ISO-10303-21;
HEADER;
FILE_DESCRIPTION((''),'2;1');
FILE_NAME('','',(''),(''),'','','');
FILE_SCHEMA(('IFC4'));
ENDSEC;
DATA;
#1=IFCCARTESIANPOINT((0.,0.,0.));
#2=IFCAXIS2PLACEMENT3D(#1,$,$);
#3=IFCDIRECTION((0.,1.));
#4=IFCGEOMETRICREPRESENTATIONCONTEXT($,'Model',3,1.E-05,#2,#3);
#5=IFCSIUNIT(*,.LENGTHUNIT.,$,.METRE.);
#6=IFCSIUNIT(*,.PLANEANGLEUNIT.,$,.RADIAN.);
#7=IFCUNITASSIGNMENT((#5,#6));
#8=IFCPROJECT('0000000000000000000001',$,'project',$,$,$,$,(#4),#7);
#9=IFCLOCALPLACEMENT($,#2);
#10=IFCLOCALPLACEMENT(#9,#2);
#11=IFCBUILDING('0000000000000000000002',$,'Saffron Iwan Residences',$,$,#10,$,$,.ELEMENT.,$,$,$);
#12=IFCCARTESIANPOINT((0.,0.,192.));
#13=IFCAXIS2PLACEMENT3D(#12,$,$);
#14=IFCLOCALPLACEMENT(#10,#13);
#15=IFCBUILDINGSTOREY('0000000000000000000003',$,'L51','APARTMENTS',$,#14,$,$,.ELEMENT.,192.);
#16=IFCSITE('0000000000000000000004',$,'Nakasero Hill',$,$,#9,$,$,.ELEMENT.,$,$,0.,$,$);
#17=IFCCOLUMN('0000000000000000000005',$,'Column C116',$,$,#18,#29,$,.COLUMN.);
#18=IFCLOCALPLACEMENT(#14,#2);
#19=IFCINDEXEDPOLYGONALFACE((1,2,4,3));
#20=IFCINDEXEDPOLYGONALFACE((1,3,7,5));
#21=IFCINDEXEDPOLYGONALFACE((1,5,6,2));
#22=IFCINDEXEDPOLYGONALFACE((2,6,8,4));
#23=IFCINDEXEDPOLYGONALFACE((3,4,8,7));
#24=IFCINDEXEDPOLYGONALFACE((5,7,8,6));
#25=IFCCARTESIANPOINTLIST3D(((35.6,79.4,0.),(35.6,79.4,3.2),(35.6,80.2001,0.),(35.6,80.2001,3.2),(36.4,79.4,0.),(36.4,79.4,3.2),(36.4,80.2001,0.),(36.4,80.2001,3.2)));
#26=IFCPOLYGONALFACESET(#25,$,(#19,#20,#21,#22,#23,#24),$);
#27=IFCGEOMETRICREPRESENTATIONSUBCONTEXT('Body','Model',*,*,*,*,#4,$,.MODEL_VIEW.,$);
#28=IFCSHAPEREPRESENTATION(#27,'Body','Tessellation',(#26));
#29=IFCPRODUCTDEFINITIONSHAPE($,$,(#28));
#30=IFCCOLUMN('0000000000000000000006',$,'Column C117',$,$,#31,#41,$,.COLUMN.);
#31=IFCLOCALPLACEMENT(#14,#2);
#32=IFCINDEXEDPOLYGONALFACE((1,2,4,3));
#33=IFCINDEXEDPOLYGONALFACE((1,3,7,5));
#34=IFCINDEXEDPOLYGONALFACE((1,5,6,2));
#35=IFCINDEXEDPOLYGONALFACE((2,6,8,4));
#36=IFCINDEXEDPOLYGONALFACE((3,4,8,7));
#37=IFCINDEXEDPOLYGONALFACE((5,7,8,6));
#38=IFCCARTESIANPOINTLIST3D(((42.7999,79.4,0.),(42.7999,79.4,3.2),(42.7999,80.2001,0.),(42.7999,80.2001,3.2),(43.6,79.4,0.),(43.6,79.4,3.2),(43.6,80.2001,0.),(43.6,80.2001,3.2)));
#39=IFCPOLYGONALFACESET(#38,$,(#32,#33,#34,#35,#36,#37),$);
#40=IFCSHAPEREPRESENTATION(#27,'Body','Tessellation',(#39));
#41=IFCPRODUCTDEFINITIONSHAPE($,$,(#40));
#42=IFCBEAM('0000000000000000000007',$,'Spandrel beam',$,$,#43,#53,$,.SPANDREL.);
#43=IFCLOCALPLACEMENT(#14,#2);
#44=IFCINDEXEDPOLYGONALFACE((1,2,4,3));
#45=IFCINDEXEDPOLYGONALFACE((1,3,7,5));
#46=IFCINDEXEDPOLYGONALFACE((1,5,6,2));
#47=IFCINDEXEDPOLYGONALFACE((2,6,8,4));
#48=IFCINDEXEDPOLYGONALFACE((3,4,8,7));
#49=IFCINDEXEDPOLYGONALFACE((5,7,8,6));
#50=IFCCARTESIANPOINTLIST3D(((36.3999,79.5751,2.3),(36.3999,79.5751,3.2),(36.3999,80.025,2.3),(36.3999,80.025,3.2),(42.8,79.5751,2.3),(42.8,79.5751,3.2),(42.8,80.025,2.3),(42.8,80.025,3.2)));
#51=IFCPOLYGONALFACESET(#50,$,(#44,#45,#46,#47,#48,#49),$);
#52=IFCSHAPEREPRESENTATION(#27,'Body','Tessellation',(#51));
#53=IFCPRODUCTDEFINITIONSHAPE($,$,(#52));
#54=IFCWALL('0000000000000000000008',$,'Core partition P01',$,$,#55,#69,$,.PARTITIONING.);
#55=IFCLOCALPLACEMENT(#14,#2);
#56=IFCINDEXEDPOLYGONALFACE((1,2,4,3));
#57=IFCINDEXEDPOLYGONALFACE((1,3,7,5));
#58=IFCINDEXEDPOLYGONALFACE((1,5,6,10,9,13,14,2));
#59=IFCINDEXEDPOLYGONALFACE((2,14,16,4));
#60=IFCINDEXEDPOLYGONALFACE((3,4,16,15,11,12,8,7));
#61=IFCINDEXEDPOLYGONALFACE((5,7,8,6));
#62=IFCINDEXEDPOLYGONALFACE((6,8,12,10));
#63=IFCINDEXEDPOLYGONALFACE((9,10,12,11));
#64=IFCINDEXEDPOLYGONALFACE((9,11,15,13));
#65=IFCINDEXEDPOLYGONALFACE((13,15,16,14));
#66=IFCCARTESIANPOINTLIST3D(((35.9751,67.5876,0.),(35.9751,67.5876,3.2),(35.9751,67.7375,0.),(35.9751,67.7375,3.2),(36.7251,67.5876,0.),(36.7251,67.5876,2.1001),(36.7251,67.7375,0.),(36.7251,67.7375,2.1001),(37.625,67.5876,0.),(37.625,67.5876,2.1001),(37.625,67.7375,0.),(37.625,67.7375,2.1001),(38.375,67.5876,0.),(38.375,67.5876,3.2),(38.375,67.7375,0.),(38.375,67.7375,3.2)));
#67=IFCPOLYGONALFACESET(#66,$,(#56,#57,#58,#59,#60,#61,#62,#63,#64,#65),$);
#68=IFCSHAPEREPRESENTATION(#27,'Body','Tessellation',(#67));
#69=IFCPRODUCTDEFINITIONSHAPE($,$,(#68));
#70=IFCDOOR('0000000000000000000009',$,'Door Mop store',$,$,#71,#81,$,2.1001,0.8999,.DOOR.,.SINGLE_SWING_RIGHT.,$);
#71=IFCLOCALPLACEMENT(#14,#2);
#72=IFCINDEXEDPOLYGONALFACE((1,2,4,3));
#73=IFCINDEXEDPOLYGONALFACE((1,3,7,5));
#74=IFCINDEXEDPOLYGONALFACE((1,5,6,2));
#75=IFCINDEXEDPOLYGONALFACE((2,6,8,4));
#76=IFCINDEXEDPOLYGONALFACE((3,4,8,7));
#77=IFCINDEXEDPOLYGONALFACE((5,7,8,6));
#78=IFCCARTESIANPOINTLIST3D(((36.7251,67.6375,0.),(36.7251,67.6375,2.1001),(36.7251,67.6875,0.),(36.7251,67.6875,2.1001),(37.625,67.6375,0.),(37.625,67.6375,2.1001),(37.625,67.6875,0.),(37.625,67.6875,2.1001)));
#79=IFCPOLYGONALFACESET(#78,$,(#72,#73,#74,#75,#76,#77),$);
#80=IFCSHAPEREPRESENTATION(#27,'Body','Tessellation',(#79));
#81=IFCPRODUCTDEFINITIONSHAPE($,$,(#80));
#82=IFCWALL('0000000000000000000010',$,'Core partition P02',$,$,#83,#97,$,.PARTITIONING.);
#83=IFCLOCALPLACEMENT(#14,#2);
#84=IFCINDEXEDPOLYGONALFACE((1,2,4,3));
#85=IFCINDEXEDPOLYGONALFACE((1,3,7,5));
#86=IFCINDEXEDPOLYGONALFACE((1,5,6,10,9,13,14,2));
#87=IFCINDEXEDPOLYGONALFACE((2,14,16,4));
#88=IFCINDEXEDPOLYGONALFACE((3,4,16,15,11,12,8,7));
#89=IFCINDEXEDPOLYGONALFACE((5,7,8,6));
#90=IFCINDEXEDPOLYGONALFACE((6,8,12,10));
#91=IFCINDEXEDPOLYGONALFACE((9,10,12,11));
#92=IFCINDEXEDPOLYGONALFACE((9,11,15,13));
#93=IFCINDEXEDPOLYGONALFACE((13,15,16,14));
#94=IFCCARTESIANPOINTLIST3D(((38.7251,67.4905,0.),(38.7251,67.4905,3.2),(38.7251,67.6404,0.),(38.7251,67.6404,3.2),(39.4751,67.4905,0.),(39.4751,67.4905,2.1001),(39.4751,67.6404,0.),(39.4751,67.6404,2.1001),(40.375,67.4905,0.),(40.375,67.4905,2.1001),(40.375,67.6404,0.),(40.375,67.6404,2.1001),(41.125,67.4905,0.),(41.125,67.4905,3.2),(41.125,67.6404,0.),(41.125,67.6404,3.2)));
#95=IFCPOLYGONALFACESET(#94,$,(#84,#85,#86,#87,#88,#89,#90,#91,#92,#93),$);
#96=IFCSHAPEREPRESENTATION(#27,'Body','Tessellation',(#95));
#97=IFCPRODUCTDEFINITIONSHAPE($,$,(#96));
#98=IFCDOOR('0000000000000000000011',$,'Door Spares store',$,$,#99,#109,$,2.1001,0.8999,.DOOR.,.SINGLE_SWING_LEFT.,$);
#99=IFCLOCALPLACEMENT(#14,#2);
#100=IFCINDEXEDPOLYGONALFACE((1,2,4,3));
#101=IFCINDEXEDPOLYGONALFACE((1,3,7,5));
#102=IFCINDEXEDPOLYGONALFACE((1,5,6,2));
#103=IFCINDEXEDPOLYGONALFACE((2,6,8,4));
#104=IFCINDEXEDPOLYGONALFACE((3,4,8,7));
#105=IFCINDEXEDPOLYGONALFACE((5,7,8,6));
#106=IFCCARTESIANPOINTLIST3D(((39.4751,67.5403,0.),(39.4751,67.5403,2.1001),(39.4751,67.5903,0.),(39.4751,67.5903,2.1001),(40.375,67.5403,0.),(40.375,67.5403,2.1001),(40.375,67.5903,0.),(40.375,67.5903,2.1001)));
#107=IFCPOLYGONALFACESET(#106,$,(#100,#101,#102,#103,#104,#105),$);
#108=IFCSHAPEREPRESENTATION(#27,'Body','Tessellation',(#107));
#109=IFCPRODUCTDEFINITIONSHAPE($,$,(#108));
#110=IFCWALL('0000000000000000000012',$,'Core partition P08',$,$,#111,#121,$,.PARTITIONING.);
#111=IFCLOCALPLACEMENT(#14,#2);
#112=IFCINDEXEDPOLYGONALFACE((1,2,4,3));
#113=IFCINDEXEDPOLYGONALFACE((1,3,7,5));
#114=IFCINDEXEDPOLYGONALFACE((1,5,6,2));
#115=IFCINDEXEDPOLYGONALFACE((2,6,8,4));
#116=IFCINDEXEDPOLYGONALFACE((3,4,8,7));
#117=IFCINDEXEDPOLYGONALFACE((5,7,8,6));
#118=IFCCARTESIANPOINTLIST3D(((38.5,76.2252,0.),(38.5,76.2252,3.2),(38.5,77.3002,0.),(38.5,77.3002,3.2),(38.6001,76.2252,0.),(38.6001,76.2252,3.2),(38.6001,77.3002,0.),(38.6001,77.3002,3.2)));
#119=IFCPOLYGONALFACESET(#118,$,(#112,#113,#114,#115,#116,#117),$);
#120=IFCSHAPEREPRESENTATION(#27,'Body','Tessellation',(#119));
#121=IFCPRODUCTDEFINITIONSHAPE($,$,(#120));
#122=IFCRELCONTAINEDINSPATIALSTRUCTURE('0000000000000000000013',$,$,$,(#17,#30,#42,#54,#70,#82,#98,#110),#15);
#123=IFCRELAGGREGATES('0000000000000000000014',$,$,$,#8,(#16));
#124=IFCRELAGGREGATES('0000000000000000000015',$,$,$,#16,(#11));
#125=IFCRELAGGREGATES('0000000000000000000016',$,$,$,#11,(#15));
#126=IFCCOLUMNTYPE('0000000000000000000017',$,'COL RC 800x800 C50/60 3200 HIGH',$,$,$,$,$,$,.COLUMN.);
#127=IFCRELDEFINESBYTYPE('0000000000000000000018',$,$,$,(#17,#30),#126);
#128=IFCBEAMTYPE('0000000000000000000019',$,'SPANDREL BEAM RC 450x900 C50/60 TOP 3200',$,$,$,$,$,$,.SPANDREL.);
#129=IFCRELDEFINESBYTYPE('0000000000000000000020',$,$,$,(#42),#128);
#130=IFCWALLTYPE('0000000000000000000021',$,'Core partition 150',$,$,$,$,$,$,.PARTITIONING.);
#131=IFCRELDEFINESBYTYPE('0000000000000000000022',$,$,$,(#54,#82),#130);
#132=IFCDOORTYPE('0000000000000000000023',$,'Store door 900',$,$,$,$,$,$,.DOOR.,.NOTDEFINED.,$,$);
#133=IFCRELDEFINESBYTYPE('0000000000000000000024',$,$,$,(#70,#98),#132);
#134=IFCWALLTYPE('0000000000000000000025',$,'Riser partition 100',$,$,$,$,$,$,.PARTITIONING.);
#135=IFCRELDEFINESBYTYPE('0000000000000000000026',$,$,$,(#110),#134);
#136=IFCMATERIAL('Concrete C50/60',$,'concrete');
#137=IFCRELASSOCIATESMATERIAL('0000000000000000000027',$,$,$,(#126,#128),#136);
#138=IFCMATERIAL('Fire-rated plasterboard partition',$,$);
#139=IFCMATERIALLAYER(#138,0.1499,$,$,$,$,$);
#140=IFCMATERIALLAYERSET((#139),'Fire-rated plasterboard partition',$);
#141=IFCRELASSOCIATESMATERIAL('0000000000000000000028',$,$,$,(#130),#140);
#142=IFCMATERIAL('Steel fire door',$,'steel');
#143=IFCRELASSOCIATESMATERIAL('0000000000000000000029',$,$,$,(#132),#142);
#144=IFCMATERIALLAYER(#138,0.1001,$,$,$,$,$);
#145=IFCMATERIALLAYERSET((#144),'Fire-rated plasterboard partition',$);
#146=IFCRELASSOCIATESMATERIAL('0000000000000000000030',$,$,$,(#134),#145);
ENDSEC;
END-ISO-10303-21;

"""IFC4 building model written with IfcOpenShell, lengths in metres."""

from ifc_helpers import new_model, si_unit, direction, frame, frame_2d, origin, origin_2d, place, context, subcontext, project, spatial, rectangle, extrude, source, transform, mapped, material, layer, layer_set, material_profile, profile_set, type_object, element, fill, save


model = new_model("IFC4")

# Units and contexts
model_context = context("Model", 3, precision=1e-05, world=origin(), true_north=direction((0.0, 1.0)))
body_context = subcontext(model_context, "Body", "Model", "MODEL_VIEW")
ifc_project = project(units=[si_unit("LENGTHUNIT", "METRE"), si_unit("PLANEANGLEUNIT", "RADIAN")], contexts=[model_context])

# Site, building, storey
site_placement = place(None, origin())
site = spatial("IfcSite", under=ifc_project, at=site_placement, Name="Nakasero Hill", CompositionType="ELEMENT", RefElevation=0.0)
building_placement = place(site_placement, origin())
building = spatial("IfcBuilding", under=site, at=building_placement, Name="Saffron Iwan Residences", CompositionType="ELEMENT")
storey_placement = place(building_placement, frame((0.0, 0.0, 192.0)))
storey = spatial("IfcBuildingStorey", under=building, at=storey_placement, Name="L51", Description="APARTMENTS", CompositionType="ELEMENT", Elevation=192.0)

# Columns
ifc_material_1 = material(Name="Concrete C50/60", Category="concrete")
ifc_material_profile_1 = material_profile(ifc_material_1, rectangle(XDim=0.8, YDim=0.8, at=origin_2d()), Name="RC 800x800")
ifc_profile_set_1 = profile_set([ifc_material_profile_1], Name="Concrete C50/60")
column_type = type_object("IfcColumnType", Name="COL RC 800x800 C50/60 3200 HIGH", PredefinedType="COLUMN", material=ifc_profile_set_1)
shared_shape_1 = source(origin(), body_context, "Body", "SweptSolid", [
    extrude(rectangle(XDim=0.8, YDim=0.8, at=origin_2d()), origin(), (0.0, 0.0, 1.0), 3.2),
])
for number, where, z_axis, x_axis, name in (
    (1, (36.0, 79.8, 0.0), (0.0, 0.0, 1.0), (1.0, 0.0, 0.0), "Column C116"),
    (2, (43.2, 79.8, 0.0), (0.0, 0.0, 1.0), (1.0, 0.0, 0.0), "Column C117"),
):
    element("IfcColumn", number, at=place(storey_placement, frame(where, z_axis=z_axis, x_axis=x_axis)), inside=storey, type_object=column_type, Name=name, PredefinedType="COLUMN", context=body_context, shape_type="MappedRepresentation", body=[
        mapped(shared_shape_1, transform((0.0, 0.0, 0.0))),
    ])

# Beam
ifc_material_profile_2 = material_profile(ifc_material_1, rectangle(XDim=0.45, YDim=0.8999, at=origin_2d()), Name="RC 450x900")
ifc_profile_set_2 = profile_set([ifc_material_profile_2], Name="Concrete C50/60")
beam_type = type_object("IfcBeamType", Name="SPANDREL BEAM RC 450x900 C50/60 TOP 3200", PredefinedType="SPANDREL", material=ifc_profile_set_2)
shared_shape_2 = source(origin(), body_context, "Body", "SweptSolid", [
    extrude(rectangle(XDim=0.45, YDim=0.8999, at=origin_2d()), origin(), (0.0, 0.0, 1.0), 6.4001),
])
beam_placement = place(storey_placement, frame((36.3999, 79.8, 2.75), z_axis=(1.0, 0.0, 0.0), x_axis=(0.0, 1.0, 0.0)))
element("IfcBeam", 3, at=beam_placement, inside=storey, type_object=beam_type, Name="Spandrel beam", PredefinedType="SPANDREL", context=body_context, shape_type="MappedRepresentation", body=[
    mapped(shared_shape_2, transform((0.0, 0.0, 0.0))),
])

# Walls, openings, doors
ifc_material_2 = material(Name="Fire-rated plasterboard partition")
ifc_layer_1 = layer(ifc_material_2, 0.1499)
ifc_layer_set_1 = layer_set([ifc_layer_1], Name="Fire-rated plasterboard partition")
wall_type_1 = type_object("IfcWallType", Name="Core partition 150", PredefinedType="PARTITIONING", material=ifc_layer_set_1)
wall_1_placement = place(storey_placement, frame((35.9751, 67.6626, 0.0), z_axis=(0.0, 0.0, 1.0), x_axis=(1.0, 0.0, 0.0)))
wall_1 = element("IfcWall", 4, at=wall_1_placement, inside=storey, type_object=wall_type_1, Name="Core partition P01", PredefinedType="PARTITIONING", context=body_context, shape_type="SweptSolid", body=[
    extrude(rectangle(XDim=2.3999, YDim=0.1499, at=frame_2d((1.2, 0.0))), origin(), (0.0, 0.0, 1.0), 3.2),
])
opening_1_placement = place(wall_1_placement, frame((0.75, 0.0, 0.0)))
opening_1 = element("IfcOpeningElement", 5, at=opening_1_placement, cuts=wall_1, PredefinedType="OPENING", context=body_context, shape_type="SweptSolid", body=[
    extrude(rectangle(XDim=0.8999, YDim=2.1001, at=frame_2d((0.45, 1.05))), frame((0.0, 0.085, 0.0), z_axis=(0.0, -1.0, 0.0), x_axis=(1.0, 0.0, 0.0)), (0.0, 0.0, 1.0), 0.1699),
])
ifc_material_3 = material(Name="Steel fire door", Category="steel")
door_type_1 = type_object("IfcDoorType", Name="Store door 900", OperationType="NOTDEFINED", PredefinedType="DOOR", material=ifc_material_3)
door_1_placement = place(opening_1_placement, origin())
door_1 = element("IfcDoor", 6, at=door_1_placement, inside=storey, type_object=door_type_1, Name="Door Mop store", OperationType="SINGLE_SWING_RIGHT", OverallHeight=2.1001, OverallWidth=0.8999, PredefinedType="DOOR", context=body_context, shape_type="SweptSolid", body=[
    extrude(rectangle(XDim=0.8999, YDim=2.1001, at=frame_2d((0.45, 1.05))), frame((0.0, 0.0249, 0.0), z_axis=(0.0, -1.0, 0.0), x_axis=(1.0, 0.0, 0.0)), (0.0, 0.0, 1.0), 0.05),
])
fill(opening_1, door_1)
wall_2_placement = place(storey_placement, frame((38.7251, 67.5654, 0.0), z_axis=(0.0, 0.0, 1.0), x_axis=(1.0, 0.0, 0.0)))
wall_2 = element("IfcWall", 7, at=wall_2_placement, inside=storey, type_object=wall_type_1, Name="Core partition P02", PredefinedType="PARTITIONING", context=body_context, shape_type="SweptSolid", body=[
    extrude(rectangle(XDim=2.3999, YDim=0.1499, at=frame_2d((1.2, 0.0))), origin(), (0.0, 0.0, 1.0), 3.2),
])
opening_2_placement = place(wall_2_placement, frame((0.75, 0.0, 0.0)))
opening_2 = element("IfcOpeningElement", 8, at=opening_2_placement, cuts=wall_2, PredefinedType="OPENING", context=body_context, shape_type="SweptSolid", body=[
    extrude(rectangle(XDim=0.8999, YDim=2.1001, at=frame_2d((0.45, 1.05))), frame((0.0, 0.085, 0.0), z_axis=(0.0, -1.0, 0.0), x_axis=(1.0, 0.0, 0.0)), (0.0, 0.0, 1.0), 0.1699),
])
door_2_placement = place(opening_2_placement, origin())
door_2 = element("IfcDoor", 9, at=door_2_placement, inside=storey, type_object=door_type_1, Name="Door Spares store", OperationType="SINGLE_SWING_LEFT", OverallHeight=2.1001, OverallWidth=0.8999, PredefinedType="DOOR", context=body_context, shape_type="SweptSolid", body=[
    extrude(rectangle(XDim=0.8999, YDim=2.1001, at=frame_2d((0.45, 1.05))), frame((0.0, 0.0249, 0.0), z_axis=(0.0, -1.0, 0.0), x_axis=(1.0, 0.0, 0.0)), (0.0, 0.0, 1.0), 0.05),
])
fill(opening_2, door_2)

# Wall
ifc_layer_2 = layer(ifc_material_2, 0.1001)
ifc_layer_set_2 = layer_set([ifc_layer_2], Name="Fire-rated plasterboard partition")
wall_type_2 = type_object("IfcWallType", Name="Riser partition 100", PredefinedType="PARTITIONING", material=ifc_layer_set_2)
wall_3_placement = place(storey_placement, frame((38.55, 76.2251, 0.0), z_axis=(0.0, 0.0, 1.0), x_axis=(0.0, 1.0, 0.0)))
element("IfcWall", 10, at=wall_3_placement, inside=storey, type_object=wall_type_2, Name="Core partition P08", PredefinedType="PARTITIONING", context=body_context, shape_type="SweptSolid", body=[
    extrude(rectangle(XDim=1.075, YDim=0.1001, at=frame_2d((0.5376, 0.0))), origin(), (0.0, 0.0, 1.0), 3.2),
])

save(model, "model.ifc")
